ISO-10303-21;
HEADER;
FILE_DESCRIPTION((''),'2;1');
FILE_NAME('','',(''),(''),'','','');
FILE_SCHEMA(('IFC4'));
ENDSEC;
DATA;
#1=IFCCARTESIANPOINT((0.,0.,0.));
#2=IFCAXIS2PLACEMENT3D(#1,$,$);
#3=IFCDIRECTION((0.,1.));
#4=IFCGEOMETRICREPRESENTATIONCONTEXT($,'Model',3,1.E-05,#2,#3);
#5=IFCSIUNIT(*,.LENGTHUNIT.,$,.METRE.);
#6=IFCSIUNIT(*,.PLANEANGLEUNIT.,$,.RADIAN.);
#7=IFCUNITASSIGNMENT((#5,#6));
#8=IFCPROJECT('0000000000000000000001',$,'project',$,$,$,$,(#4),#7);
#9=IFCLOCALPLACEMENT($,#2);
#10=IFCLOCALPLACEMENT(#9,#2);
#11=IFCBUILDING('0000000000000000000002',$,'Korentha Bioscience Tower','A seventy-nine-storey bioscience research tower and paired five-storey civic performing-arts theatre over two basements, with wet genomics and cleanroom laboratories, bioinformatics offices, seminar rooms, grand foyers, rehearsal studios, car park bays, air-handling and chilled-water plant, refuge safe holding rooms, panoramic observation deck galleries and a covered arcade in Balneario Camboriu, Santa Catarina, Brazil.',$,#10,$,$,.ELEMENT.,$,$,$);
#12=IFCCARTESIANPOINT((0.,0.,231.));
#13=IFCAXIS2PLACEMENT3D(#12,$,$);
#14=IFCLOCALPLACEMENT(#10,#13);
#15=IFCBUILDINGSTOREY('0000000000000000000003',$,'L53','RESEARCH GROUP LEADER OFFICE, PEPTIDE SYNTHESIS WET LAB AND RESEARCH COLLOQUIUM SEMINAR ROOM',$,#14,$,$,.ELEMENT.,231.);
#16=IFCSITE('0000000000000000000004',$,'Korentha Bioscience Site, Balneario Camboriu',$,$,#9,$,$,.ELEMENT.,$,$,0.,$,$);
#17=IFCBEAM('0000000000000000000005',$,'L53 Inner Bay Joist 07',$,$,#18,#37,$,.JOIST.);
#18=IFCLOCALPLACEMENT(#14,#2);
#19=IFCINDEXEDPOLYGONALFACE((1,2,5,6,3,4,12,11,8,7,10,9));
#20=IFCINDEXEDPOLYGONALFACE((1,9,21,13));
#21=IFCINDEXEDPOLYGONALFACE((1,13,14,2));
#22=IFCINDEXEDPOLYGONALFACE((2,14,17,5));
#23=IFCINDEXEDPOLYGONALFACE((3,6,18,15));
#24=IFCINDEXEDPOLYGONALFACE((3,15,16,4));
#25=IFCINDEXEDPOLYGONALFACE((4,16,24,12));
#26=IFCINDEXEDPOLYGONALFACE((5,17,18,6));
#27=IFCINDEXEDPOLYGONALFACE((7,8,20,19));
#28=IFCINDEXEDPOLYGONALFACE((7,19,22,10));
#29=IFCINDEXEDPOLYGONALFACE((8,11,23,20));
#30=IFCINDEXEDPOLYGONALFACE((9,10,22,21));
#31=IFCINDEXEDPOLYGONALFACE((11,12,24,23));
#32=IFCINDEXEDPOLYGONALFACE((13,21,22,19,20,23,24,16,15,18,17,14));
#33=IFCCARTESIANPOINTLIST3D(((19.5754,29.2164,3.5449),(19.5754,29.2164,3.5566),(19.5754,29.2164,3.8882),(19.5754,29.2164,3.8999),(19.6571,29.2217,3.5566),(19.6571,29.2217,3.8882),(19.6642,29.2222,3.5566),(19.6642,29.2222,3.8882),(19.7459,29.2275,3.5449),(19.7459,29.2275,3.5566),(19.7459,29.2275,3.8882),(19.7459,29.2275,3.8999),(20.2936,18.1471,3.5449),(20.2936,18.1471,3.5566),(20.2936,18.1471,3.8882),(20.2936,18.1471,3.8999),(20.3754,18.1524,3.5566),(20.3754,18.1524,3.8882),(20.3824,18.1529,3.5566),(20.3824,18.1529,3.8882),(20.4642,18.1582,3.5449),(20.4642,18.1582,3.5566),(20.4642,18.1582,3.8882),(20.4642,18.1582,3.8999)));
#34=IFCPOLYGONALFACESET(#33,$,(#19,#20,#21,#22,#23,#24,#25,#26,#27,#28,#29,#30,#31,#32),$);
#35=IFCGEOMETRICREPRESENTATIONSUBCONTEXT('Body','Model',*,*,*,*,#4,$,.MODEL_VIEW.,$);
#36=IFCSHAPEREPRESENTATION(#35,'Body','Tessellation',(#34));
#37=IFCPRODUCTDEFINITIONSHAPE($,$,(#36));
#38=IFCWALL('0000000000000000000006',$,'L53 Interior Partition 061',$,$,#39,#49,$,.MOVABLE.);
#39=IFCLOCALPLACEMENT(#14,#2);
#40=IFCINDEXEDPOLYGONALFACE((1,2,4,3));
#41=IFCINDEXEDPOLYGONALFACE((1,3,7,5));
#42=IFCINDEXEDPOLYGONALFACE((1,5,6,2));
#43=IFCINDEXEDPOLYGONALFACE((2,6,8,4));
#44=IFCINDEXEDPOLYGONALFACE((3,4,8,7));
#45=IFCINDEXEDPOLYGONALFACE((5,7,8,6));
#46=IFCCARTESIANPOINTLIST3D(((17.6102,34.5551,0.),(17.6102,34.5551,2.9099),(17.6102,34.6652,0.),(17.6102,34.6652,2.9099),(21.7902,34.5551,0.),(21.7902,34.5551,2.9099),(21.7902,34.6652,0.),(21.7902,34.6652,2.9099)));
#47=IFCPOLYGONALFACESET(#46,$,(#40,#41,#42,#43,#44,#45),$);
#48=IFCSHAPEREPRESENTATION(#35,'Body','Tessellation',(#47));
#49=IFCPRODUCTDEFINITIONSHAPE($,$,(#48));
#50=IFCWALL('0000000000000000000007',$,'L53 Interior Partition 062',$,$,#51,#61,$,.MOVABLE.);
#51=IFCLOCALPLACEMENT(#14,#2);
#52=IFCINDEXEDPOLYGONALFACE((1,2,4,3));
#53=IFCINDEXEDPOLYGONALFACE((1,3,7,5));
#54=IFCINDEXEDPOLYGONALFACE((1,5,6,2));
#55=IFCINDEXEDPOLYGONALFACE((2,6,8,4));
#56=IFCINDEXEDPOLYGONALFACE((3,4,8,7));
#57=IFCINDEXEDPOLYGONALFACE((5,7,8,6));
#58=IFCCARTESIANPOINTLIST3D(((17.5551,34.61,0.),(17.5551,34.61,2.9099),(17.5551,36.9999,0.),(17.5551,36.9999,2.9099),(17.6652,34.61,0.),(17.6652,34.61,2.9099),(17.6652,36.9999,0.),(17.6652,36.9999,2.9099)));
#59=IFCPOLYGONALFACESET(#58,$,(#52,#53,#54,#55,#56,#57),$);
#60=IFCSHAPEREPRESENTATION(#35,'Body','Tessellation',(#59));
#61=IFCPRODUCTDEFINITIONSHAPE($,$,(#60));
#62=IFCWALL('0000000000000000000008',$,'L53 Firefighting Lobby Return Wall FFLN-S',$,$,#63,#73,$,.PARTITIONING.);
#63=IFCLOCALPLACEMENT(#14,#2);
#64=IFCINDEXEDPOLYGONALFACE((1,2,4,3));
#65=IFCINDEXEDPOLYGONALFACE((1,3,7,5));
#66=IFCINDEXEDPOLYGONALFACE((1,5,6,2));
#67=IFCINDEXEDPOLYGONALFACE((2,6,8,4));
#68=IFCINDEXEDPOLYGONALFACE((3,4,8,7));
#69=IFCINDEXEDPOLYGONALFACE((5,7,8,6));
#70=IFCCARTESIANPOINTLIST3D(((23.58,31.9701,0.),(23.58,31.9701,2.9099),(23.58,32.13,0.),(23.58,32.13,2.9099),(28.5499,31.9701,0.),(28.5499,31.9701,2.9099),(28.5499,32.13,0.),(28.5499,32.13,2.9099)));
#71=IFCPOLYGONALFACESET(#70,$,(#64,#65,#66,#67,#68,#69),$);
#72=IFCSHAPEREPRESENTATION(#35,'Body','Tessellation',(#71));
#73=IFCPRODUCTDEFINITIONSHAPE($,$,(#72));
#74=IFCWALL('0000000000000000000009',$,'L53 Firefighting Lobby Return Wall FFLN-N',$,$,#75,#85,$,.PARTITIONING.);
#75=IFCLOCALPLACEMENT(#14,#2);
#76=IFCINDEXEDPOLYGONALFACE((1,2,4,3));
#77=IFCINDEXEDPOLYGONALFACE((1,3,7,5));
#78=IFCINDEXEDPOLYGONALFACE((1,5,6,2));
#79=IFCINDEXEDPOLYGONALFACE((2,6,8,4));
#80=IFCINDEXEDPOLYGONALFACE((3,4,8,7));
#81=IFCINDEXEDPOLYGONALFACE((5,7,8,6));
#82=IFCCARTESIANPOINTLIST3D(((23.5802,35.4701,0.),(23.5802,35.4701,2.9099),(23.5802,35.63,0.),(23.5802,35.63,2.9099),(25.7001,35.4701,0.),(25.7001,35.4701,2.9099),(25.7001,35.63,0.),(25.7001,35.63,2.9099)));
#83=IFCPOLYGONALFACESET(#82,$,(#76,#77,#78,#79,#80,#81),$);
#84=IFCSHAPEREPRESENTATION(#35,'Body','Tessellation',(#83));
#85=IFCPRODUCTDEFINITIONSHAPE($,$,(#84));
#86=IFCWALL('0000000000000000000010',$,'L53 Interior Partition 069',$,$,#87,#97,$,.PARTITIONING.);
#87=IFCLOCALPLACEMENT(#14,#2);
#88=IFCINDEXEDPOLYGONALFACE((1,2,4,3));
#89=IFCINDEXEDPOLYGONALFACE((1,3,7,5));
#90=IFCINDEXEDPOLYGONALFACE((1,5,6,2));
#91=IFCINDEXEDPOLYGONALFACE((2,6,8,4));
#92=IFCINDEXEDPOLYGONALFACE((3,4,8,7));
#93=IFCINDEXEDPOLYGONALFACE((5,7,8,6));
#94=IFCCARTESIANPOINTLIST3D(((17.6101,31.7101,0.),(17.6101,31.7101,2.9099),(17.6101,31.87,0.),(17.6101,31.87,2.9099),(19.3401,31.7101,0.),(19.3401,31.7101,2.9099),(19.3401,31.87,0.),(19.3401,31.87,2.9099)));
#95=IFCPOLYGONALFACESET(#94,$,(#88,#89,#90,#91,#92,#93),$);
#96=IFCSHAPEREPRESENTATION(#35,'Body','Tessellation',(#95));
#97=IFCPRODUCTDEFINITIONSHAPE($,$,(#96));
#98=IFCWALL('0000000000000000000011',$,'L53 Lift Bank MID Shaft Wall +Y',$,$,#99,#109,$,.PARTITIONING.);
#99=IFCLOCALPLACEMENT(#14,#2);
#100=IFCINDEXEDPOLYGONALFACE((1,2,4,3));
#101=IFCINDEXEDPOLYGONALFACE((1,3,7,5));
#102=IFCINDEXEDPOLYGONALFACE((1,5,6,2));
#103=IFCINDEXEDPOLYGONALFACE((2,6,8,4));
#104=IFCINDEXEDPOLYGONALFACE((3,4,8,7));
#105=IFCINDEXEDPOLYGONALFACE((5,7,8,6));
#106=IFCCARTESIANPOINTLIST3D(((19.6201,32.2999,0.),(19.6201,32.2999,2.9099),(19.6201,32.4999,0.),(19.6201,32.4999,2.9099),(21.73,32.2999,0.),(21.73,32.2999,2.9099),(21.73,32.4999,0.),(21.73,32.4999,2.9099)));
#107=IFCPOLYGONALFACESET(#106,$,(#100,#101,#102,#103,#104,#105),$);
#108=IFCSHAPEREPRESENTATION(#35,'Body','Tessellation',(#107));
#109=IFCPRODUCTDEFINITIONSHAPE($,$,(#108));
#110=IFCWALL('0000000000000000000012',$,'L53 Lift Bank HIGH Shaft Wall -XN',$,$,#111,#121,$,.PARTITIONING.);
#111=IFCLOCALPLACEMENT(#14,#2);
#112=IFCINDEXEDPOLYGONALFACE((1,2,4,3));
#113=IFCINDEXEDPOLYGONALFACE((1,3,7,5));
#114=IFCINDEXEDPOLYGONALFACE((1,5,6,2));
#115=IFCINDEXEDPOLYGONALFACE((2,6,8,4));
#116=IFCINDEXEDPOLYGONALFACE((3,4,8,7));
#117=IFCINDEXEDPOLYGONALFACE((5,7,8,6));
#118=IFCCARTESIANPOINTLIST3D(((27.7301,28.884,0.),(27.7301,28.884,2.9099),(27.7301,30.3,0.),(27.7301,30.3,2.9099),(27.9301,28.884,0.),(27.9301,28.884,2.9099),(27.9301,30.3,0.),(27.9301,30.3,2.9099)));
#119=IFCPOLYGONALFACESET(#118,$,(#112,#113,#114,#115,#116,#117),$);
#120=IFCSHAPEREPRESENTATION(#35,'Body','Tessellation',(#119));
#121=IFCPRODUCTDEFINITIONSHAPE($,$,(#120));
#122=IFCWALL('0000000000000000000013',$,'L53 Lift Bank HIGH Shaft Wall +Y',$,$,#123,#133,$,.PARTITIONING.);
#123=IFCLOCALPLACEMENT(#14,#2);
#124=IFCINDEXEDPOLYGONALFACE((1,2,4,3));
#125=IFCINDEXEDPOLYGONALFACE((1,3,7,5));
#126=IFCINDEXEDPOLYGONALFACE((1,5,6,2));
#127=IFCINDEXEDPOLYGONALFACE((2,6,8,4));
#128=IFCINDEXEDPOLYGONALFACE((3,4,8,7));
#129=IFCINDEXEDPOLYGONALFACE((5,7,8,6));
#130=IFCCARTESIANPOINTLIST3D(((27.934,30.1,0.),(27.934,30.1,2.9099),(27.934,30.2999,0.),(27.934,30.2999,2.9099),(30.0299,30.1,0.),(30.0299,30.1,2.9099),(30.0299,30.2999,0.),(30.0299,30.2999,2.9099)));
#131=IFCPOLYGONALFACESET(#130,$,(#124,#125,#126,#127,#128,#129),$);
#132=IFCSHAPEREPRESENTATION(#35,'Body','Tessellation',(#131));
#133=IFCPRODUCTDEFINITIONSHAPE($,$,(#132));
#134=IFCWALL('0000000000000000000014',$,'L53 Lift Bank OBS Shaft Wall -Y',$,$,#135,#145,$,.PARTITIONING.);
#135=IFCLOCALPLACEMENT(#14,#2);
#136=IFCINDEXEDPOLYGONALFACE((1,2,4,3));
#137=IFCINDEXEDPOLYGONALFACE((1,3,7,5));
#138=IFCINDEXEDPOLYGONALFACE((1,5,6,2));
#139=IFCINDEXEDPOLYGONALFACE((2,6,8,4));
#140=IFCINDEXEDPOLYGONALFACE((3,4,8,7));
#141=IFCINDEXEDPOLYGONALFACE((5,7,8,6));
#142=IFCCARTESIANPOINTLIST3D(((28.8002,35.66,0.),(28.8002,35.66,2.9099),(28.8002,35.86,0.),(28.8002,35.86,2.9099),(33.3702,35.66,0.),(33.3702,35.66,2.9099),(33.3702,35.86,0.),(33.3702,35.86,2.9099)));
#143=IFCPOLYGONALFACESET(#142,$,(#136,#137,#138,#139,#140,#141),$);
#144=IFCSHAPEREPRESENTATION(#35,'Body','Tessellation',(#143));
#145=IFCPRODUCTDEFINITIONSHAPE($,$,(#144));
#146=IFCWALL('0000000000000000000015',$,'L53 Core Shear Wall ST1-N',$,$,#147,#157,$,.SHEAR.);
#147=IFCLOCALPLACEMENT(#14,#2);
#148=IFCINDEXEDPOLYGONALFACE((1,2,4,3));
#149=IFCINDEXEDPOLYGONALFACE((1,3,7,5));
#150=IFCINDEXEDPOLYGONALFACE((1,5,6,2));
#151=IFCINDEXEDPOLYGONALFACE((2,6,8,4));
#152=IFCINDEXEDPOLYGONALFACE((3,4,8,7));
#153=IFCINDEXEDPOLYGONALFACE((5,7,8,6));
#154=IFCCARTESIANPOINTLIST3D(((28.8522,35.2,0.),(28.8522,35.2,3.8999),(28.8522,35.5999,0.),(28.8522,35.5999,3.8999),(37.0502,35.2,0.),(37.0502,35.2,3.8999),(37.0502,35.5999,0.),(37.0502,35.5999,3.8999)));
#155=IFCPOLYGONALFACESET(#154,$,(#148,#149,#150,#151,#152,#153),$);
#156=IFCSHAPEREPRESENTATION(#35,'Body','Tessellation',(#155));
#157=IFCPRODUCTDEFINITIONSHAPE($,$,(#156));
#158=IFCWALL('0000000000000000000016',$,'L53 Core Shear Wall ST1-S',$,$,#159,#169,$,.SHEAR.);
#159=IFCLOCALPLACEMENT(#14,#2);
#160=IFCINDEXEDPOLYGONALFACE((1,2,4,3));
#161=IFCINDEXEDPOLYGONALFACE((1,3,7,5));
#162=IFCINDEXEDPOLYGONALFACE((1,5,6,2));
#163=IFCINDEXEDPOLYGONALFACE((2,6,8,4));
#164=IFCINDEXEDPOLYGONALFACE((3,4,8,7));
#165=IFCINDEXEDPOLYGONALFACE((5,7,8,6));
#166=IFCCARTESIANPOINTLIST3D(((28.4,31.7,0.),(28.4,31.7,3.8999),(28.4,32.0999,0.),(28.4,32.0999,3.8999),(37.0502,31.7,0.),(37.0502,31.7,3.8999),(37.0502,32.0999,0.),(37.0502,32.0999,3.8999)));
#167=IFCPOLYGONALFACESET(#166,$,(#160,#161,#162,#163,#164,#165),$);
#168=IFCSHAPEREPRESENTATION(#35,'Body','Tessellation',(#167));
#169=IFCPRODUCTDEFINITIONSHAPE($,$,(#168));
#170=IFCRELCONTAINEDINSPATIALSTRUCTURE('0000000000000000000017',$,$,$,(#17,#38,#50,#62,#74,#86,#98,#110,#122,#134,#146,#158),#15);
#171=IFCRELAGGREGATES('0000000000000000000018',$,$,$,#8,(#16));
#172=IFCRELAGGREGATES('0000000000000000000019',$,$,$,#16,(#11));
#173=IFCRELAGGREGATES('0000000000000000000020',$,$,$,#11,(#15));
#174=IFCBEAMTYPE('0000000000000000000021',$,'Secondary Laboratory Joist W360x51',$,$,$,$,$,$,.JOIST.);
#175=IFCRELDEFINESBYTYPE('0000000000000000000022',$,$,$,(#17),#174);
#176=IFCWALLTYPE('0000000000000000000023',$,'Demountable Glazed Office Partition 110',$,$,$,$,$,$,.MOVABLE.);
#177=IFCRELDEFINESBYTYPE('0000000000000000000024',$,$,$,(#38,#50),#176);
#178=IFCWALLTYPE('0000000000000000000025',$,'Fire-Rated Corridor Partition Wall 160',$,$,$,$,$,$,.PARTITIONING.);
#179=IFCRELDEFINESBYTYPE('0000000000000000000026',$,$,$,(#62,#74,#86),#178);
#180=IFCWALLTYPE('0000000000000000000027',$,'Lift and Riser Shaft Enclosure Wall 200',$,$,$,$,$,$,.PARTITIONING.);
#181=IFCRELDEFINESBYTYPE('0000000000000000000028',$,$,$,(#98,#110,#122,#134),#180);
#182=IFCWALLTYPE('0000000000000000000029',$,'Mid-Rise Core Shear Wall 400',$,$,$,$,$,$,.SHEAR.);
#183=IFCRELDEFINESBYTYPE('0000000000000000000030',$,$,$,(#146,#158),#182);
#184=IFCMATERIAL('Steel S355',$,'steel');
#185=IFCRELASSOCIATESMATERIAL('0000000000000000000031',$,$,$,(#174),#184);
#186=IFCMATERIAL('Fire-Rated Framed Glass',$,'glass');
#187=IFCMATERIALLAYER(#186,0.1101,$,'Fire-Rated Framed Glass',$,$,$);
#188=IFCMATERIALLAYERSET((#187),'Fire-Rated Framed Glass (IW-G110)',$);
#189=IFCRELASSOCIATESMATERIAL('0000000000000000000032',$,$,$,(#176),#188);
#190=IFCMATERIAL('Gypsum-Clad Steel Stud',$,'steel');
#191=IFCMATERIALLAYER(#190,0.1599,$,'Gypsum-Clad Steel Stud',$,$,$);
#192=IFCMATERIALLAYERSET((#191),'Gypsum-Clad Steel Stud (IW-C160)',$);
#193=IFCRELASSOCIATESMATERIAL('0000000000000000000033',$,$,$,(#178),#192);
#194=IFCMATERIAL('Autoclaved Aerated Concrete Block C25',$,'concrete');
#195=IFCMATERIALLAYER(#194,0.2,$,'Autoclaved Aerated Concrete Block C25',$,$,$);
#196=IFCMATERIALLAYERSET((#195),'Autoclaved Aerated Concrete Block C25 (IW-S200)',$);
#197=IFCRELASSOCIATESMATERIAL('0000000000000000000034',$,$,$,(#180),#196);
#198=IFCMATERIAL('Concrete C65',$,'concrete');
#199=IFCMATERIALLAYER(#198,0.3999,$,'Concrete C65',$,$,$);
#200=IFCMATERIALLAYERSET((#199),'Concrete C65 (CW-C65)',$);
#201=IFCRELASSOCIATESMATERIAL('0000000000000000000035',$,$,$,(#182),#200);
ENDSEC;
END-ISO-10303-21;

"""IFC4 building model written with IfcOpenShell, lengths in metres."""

from ifc_helpers import new_model, si_unit, direction, frame, frame_2d, origin, origin_2d, place, context, subcontext, project, spatial, rectangle, i_section, extrude, material, layer, layer_set, material_profile, profile_set, type_object, element, save


model = new_model("IFC4")

# Units and contexts
model_context = context("Model", 3, precision=1e-05, world=origin(), true_north=direction((0.0, 1.0)))
body_context = subcontext(model_context, "Body", "Model", "MODEL_VIEW")
ifc_project = project(units=[si_unit("LENGTHUNIT", "METRE"), si_unit("PLANEANGLEUNIT", "RADIAN")], contexts=[model_context])

# Site, building, storey
site_placement = place(None, origin())
site = spatial("IfcSite", under=ifc_project, at=site_placement, Name="Korentha Bioscience Site, Balneario Camboriu", CompositionType="ELEMENT", RefElevation=0.0)
building_placement = place(site_placement, origin())
building = spatial("IfcBuilding", under=site, at=building_placement, Name="Korentha Bioscience Tower", Description="A seventy-nine-storey bioscience research tower and paired five-storey civic performing-arts theatre over two basements, with wet genomics and cleanroom laboratories, bioinformatics offices, seminar rooms, grand foyers, rehearsal studios, car park bays, air-handling and chilled-water plant, refuge safe holding rooms, panoramic observation deck galleries and a covered arcade in Balneario Camboriu, Santa Catarina, Brazil.", CompositionType="ELEMENT")
storey_placement = place(building_placement, frame((0.0, 0.0, 231.0)))
storey = spatial("IfcBuildingStorey", under=building, at=storey_placement, Name="L53", Description="RESEARCH GROUP LEADER OFFICE, PEPTIDE SYNTHESIS WET LAB AND RESEARCH COLLOQUIUM SEMINAR ROOM", CompositionType="ELEMENT", Elevation=231.0)

# Shared definitions
ifc_material_1 = material(Name="Concrete C65", Category="concrete")

# Beam
ifc_material_2 = material(Name="Steel S355", Category="steel")
ifc_material_profile_1 = material_profile(ifc_material_2, i_section(OverallWidth=0.1709, OverallDepth=0.355, WebThickness=0.0071, FlangeThickness=0.0117, at=origin_2d()), Name="Steel S355")
ifc_profile_set_1 = profile_set([ifc_material_profile_1], Name="Steel S355 (JB-360)")
beam_type_1 = type_object("IfcBeamType", Name="Secondary Laboratory Joist W360x51", PredefinedType="JOIST", material=ifc_profile_set_1)
beam_1_placement = place(storey_placement, frame((19.6606, 29.2219, 3.7224), z_axis=(0.064751, -0.997901, 0.0), x_axis=(0.997901, 0.064751, 0.0)))
element("IfcBeam", 1, at=beam_1_placement, inside=storey, type_object=beam_type_1, Name="L53 Inner Bay Joist 07", PredefinedType="JOIST", context=body_context, shape_type="SweptSolid", body=[
    extrude(i_section(OverallWidth=0.1709, OverallDepth=0.355, WebThickness=0.0071, FlangeThickness=0.0117, at=origin_2d()), origin(), (0.0, 0.0, 1.0), 11.0925),
])

# Walls
ifc_material_3 = material(Name="Fire-Rated Framed Glass", Category="glass")
ifc_layer_1 = layer(ifc_material_3, 0.1101, Name="Fire-Rated Framed Glass")
ifc_layer_set_1 = layer_set([ifc_layer_1], Name="Fire-Rated Framed Glass (IW-G110)")
wall_type_1 = type_object("IfcWallType", Name="Demountable Glazed Office Partition 110", PredefinedType="MOVABLE", material=ifc_layer_set_1)
wall_1_placement = place(storey_placement, frame((21.79, 34.6101, 0.0), z_axis=(0.0, 0.0, 1.0), x_axis=(-1.0, 0.0, 0.0)))
element("IfcWall", 2, at=wall_1_placement, inside=storey, type_object=wall_type_1, Name="L53 Interior Partition 061", PredefinedType="MOVABLE", context=body_context, shape_type="SweptSolid", body=[
    extrude(rectangle(XDim=4.1799, YDim=0.1101, at=frame_2d((2.0898, 0.0))), origin(), (0.0, 0.0, 1.0), 2.9099),
])
wall_2_placement = place(storey_placement, frame((17.6101, 34.6101, 0.0), z_axis=(0.0, 0.0, 1.0), x_axis=(0.0, 1.0, 0.0)))
element("IfcWall", 3, at=wall_2_placement, inside=storey, type_object=wall_type_1, Name="L53 Interior Partition 062", PredefinedType="MOVABLE", context=body_context, shape_type="SweptSolid", body=[
    extrude(rectangle(XDim=2.3899, YDim=0.1101, at=frame_2d((1.1948, 0.0))), origin(), (0.0, 0.0, 1.0), 2.9099),
])

# Shared definitions
ifc_material_4 = material(Name="Gypsum-Clad Steel Stud", Category="steel")
ifc_layer_2 = layer(ifc_material_4, 0.1599, Name="Gypsum-Clad Steel Stud")
ifc_layer_set_2 = layer_set([ifc_layer_2], Name="Gypsum-Clad Steel Stud (IW-C160)")
wall_type_2 = type_object("IfcWallType", Name="Fire-Rated Corridor Partition Wall 160", PredefinedType="PARTITIONING", material=ifc_layer_set_2)

# Walls
wall_3_placement = place(storey_placement, frame((23.5801, 32.05, 0.0), z_axis=(0.0, 0.0, 1.0), x_axis=(1.0, 0.0, 0.0)))
element("IfcWall", 4, at=wall_3_placement, inside=storey, type_object=wall_type_2, Name="L53 Firefighting Lobby Return Wall FFLN-S", PredefinedType="PARTITIONING", context=body_context, shape_type="SweptSolid", body=[
    extrude(rectangle(XDim=4.97, YDim=0.1599, at=frame_2d((2.4849, 0.0))), origin(), (0.0, 0.0, 1.0), 2.9099),
])
wall_4_placement = place(storey_placement, frame((23.5801, 35.55, 0.0), z_axis=(0.0, 0.0, 1.0), x_axis=(1.0, 0.0, 0.0)))
element("IfcWall", 5, at=wall_4_placement, inside=storey, type_object=wall_type_2, Name="L53 Firefighting Lobby Return Wall FFLN-N", PredefinedType="PARTITIONING", context=body_context, shape_type="SweptSolid", body=[
    extrude(rectangle(XDim=2.1199, YDim=0.1599, at=frame_2d((1.0601, 0.0))), origin(), (0.0, 0.0, 1.0), 2.9099),
])
wall_5_placement = place(storey_placement, frame((17.6101, 31.79, 0.0), z_axis=(0.0, 0.0, 1.0), x_axis=(1.0, 0.0, 0.0)))
element("IfcWall", 6, at=wall_5_placement, inside=storey, type_object=wall_type_2, Name="L53 Interior Partition 069", PredefinedType="PARTITIONING", context=body_context, shape_type="SweptSolid", body=[
    extrude(rectangle(XDim=1.73, YDim=0.1599, at=frame_2d((0.865, 0.0))), origin(), (0.0, 0.0, 1.0), 2.9099),
])
ifc_material_5 = material(Name="Autoclaved Aerated Concrete Block C25", Category="concrete")
ifc_layer_3 = layer(ifc_material_5, 0.2, Name="Autoclaved Aerated Concrete Block C25")
ifc_layer_set_3 = layer_set([ifc_layer_3], Name="Autoclaved Aerated Concrete Block C25 (IW-S200)")
wall_type_3 = type_object("IfcWallType", Name="Lift and Riser Shaft Enclosure Wall 200", PredefinedType="PARTITIONING", material=ifc_layer_set_3)
wall_6_placement = place(storey_placement, frame((19.6201, 32.3999, 0.0), z_axis=(0.0, 0.0, 1.0), x_axis=(1.0, 0.0, 0.0)))
element("IfcWall", 7, at=wall_6_placement, inside=storey, type_object=wall_type_3, Name="L53 Lift Bank MID Shaft Wall +Y", PredefinedType="PARTITIONING", context=body_context, shape_type="SweptSolid", body=[
    extrude(rectangle(XDim=2.1099, YDim=0.2, at=frame_2d((1.0549, 0.0))), origin(), (0.0, 0.0, 1.0), 2.9099),
])
wall_7_placement = place(storey_placement, frame((27.8301, 28.884, 0.0), z_axis=(0.0, 0.0, 1.0), x_axis=(0.0, 1.0, 0.0)))
element("IfcWall", 8, at=wall_7_placement, inside=storey, type_object=wall_type_3, Name="L53 Lift Bank HIGH Shaft Wall -XN", PredefinedType="PARTITIONING", context=body_context, shape_type="SweptSolid", body=[
    extrude(rectangle(XDim=1.416, YDim=0.2, at=frame_2d((0.708, 0.0))), origin(), (0.0, 0.0, 1.0), 2.9099),
])
wall_8_placement = place(storey_placement, frame((27.9341, 30.2, 0.0), z_axis=(0.0, 0.0, 1.0), x_axis=(1.0, 0.0, 0.0)))
element("IfcWall", 9, at=wall_8_placement, inside=storey, type_object=wall_type_3, Name="L53 Lift Bank HIGH Shaft Wall +Y", PredefinedType="PARTITIONING", context=body_context, shape_type="SweptSolid", body=[
    extrude(rectangle(XDim=2.0959, YDim=0.2, at=frame_2d((1.0479, 0.0))), origin(), (0.0, 0.0, 1.0), 2.9099),
])
wall_9_placement = place(storey_placement, frame((28.8, 35.76, 0.0), z_axis=(0.0, 0.0, 1.0), x_axis=(1.0, 0.0, 0.0)))
element("IfcWall", 10, at=wall_9_placement, inside=storey, type_object=wall_type_3, Name="L53 Lift Bank OBS Shaft Wall -Y", PredefinedType="PARTITIONING", context=body_context, shape_type="SweptSolid", body=[
    extrude(rectangle(XDim=4.5701, YDim=0.2, at=frame_2d((2.2852, 0.0))), origin(), (0.0, 0.0, 1.0), 2.9099),
])
ifc_layer_4 = layer(ifc_material_1, 0.3999, Name="Concrete C65")
ifc_layer_set_4 = layer_set([ifc_layer_4], Name="Concrete C65 (CW-C65)")
wall_type_4 = type_object("IfcWallType", Name="Mid-Rise Core Shear Wall 400", PredefinedType="SHEAR", material=ifc_layer_set_4)
wall_10_placement = place(storey_placement, frame((28.8521, 35.3999, 0.0), z_axis=(0.0, 0.0, 1.0), x_axis=(1.0, 0.0, 0.0)))
element("IfcWall", 11, at=wall_10_placement, inside=storey, type_object=wall_type_4, Name="L53 Core Shear Wall ST1-N", PredefinedType="SHEAR", context=body_context, shape_type="SweptSolid", body=[
    extrude(rectangle(XDim=8.198, YDim=0.3999, at=frame_2d((4.0991, 0.0))), origin(), (0.0, 0.0, 1.0), 3.8999),
])
wall_11_placement = place(storey_placement, frame((28.3999, 31.8999, 0.0), z_axis=(0.0, 0.0, 1.0), x_axis=(1.0, 0.0, 0.0)))
element("IfcWall", 12, at=wall_11_placement, inside=storey, type_object=wall_type_4, Name="L53 Core Shear Wall ST1-S", PredefinedType="SHEAR", context=body_context, shape_type="SweptSolid", body=[
    extrude(rectangle(XDim=8.6501, YDim=0.3999, at=frame_2d((4.3252, 0.0))), origin(), (0.0, 0.0, 1.0), 3.8999),
])

save(model, "model.ifc")
